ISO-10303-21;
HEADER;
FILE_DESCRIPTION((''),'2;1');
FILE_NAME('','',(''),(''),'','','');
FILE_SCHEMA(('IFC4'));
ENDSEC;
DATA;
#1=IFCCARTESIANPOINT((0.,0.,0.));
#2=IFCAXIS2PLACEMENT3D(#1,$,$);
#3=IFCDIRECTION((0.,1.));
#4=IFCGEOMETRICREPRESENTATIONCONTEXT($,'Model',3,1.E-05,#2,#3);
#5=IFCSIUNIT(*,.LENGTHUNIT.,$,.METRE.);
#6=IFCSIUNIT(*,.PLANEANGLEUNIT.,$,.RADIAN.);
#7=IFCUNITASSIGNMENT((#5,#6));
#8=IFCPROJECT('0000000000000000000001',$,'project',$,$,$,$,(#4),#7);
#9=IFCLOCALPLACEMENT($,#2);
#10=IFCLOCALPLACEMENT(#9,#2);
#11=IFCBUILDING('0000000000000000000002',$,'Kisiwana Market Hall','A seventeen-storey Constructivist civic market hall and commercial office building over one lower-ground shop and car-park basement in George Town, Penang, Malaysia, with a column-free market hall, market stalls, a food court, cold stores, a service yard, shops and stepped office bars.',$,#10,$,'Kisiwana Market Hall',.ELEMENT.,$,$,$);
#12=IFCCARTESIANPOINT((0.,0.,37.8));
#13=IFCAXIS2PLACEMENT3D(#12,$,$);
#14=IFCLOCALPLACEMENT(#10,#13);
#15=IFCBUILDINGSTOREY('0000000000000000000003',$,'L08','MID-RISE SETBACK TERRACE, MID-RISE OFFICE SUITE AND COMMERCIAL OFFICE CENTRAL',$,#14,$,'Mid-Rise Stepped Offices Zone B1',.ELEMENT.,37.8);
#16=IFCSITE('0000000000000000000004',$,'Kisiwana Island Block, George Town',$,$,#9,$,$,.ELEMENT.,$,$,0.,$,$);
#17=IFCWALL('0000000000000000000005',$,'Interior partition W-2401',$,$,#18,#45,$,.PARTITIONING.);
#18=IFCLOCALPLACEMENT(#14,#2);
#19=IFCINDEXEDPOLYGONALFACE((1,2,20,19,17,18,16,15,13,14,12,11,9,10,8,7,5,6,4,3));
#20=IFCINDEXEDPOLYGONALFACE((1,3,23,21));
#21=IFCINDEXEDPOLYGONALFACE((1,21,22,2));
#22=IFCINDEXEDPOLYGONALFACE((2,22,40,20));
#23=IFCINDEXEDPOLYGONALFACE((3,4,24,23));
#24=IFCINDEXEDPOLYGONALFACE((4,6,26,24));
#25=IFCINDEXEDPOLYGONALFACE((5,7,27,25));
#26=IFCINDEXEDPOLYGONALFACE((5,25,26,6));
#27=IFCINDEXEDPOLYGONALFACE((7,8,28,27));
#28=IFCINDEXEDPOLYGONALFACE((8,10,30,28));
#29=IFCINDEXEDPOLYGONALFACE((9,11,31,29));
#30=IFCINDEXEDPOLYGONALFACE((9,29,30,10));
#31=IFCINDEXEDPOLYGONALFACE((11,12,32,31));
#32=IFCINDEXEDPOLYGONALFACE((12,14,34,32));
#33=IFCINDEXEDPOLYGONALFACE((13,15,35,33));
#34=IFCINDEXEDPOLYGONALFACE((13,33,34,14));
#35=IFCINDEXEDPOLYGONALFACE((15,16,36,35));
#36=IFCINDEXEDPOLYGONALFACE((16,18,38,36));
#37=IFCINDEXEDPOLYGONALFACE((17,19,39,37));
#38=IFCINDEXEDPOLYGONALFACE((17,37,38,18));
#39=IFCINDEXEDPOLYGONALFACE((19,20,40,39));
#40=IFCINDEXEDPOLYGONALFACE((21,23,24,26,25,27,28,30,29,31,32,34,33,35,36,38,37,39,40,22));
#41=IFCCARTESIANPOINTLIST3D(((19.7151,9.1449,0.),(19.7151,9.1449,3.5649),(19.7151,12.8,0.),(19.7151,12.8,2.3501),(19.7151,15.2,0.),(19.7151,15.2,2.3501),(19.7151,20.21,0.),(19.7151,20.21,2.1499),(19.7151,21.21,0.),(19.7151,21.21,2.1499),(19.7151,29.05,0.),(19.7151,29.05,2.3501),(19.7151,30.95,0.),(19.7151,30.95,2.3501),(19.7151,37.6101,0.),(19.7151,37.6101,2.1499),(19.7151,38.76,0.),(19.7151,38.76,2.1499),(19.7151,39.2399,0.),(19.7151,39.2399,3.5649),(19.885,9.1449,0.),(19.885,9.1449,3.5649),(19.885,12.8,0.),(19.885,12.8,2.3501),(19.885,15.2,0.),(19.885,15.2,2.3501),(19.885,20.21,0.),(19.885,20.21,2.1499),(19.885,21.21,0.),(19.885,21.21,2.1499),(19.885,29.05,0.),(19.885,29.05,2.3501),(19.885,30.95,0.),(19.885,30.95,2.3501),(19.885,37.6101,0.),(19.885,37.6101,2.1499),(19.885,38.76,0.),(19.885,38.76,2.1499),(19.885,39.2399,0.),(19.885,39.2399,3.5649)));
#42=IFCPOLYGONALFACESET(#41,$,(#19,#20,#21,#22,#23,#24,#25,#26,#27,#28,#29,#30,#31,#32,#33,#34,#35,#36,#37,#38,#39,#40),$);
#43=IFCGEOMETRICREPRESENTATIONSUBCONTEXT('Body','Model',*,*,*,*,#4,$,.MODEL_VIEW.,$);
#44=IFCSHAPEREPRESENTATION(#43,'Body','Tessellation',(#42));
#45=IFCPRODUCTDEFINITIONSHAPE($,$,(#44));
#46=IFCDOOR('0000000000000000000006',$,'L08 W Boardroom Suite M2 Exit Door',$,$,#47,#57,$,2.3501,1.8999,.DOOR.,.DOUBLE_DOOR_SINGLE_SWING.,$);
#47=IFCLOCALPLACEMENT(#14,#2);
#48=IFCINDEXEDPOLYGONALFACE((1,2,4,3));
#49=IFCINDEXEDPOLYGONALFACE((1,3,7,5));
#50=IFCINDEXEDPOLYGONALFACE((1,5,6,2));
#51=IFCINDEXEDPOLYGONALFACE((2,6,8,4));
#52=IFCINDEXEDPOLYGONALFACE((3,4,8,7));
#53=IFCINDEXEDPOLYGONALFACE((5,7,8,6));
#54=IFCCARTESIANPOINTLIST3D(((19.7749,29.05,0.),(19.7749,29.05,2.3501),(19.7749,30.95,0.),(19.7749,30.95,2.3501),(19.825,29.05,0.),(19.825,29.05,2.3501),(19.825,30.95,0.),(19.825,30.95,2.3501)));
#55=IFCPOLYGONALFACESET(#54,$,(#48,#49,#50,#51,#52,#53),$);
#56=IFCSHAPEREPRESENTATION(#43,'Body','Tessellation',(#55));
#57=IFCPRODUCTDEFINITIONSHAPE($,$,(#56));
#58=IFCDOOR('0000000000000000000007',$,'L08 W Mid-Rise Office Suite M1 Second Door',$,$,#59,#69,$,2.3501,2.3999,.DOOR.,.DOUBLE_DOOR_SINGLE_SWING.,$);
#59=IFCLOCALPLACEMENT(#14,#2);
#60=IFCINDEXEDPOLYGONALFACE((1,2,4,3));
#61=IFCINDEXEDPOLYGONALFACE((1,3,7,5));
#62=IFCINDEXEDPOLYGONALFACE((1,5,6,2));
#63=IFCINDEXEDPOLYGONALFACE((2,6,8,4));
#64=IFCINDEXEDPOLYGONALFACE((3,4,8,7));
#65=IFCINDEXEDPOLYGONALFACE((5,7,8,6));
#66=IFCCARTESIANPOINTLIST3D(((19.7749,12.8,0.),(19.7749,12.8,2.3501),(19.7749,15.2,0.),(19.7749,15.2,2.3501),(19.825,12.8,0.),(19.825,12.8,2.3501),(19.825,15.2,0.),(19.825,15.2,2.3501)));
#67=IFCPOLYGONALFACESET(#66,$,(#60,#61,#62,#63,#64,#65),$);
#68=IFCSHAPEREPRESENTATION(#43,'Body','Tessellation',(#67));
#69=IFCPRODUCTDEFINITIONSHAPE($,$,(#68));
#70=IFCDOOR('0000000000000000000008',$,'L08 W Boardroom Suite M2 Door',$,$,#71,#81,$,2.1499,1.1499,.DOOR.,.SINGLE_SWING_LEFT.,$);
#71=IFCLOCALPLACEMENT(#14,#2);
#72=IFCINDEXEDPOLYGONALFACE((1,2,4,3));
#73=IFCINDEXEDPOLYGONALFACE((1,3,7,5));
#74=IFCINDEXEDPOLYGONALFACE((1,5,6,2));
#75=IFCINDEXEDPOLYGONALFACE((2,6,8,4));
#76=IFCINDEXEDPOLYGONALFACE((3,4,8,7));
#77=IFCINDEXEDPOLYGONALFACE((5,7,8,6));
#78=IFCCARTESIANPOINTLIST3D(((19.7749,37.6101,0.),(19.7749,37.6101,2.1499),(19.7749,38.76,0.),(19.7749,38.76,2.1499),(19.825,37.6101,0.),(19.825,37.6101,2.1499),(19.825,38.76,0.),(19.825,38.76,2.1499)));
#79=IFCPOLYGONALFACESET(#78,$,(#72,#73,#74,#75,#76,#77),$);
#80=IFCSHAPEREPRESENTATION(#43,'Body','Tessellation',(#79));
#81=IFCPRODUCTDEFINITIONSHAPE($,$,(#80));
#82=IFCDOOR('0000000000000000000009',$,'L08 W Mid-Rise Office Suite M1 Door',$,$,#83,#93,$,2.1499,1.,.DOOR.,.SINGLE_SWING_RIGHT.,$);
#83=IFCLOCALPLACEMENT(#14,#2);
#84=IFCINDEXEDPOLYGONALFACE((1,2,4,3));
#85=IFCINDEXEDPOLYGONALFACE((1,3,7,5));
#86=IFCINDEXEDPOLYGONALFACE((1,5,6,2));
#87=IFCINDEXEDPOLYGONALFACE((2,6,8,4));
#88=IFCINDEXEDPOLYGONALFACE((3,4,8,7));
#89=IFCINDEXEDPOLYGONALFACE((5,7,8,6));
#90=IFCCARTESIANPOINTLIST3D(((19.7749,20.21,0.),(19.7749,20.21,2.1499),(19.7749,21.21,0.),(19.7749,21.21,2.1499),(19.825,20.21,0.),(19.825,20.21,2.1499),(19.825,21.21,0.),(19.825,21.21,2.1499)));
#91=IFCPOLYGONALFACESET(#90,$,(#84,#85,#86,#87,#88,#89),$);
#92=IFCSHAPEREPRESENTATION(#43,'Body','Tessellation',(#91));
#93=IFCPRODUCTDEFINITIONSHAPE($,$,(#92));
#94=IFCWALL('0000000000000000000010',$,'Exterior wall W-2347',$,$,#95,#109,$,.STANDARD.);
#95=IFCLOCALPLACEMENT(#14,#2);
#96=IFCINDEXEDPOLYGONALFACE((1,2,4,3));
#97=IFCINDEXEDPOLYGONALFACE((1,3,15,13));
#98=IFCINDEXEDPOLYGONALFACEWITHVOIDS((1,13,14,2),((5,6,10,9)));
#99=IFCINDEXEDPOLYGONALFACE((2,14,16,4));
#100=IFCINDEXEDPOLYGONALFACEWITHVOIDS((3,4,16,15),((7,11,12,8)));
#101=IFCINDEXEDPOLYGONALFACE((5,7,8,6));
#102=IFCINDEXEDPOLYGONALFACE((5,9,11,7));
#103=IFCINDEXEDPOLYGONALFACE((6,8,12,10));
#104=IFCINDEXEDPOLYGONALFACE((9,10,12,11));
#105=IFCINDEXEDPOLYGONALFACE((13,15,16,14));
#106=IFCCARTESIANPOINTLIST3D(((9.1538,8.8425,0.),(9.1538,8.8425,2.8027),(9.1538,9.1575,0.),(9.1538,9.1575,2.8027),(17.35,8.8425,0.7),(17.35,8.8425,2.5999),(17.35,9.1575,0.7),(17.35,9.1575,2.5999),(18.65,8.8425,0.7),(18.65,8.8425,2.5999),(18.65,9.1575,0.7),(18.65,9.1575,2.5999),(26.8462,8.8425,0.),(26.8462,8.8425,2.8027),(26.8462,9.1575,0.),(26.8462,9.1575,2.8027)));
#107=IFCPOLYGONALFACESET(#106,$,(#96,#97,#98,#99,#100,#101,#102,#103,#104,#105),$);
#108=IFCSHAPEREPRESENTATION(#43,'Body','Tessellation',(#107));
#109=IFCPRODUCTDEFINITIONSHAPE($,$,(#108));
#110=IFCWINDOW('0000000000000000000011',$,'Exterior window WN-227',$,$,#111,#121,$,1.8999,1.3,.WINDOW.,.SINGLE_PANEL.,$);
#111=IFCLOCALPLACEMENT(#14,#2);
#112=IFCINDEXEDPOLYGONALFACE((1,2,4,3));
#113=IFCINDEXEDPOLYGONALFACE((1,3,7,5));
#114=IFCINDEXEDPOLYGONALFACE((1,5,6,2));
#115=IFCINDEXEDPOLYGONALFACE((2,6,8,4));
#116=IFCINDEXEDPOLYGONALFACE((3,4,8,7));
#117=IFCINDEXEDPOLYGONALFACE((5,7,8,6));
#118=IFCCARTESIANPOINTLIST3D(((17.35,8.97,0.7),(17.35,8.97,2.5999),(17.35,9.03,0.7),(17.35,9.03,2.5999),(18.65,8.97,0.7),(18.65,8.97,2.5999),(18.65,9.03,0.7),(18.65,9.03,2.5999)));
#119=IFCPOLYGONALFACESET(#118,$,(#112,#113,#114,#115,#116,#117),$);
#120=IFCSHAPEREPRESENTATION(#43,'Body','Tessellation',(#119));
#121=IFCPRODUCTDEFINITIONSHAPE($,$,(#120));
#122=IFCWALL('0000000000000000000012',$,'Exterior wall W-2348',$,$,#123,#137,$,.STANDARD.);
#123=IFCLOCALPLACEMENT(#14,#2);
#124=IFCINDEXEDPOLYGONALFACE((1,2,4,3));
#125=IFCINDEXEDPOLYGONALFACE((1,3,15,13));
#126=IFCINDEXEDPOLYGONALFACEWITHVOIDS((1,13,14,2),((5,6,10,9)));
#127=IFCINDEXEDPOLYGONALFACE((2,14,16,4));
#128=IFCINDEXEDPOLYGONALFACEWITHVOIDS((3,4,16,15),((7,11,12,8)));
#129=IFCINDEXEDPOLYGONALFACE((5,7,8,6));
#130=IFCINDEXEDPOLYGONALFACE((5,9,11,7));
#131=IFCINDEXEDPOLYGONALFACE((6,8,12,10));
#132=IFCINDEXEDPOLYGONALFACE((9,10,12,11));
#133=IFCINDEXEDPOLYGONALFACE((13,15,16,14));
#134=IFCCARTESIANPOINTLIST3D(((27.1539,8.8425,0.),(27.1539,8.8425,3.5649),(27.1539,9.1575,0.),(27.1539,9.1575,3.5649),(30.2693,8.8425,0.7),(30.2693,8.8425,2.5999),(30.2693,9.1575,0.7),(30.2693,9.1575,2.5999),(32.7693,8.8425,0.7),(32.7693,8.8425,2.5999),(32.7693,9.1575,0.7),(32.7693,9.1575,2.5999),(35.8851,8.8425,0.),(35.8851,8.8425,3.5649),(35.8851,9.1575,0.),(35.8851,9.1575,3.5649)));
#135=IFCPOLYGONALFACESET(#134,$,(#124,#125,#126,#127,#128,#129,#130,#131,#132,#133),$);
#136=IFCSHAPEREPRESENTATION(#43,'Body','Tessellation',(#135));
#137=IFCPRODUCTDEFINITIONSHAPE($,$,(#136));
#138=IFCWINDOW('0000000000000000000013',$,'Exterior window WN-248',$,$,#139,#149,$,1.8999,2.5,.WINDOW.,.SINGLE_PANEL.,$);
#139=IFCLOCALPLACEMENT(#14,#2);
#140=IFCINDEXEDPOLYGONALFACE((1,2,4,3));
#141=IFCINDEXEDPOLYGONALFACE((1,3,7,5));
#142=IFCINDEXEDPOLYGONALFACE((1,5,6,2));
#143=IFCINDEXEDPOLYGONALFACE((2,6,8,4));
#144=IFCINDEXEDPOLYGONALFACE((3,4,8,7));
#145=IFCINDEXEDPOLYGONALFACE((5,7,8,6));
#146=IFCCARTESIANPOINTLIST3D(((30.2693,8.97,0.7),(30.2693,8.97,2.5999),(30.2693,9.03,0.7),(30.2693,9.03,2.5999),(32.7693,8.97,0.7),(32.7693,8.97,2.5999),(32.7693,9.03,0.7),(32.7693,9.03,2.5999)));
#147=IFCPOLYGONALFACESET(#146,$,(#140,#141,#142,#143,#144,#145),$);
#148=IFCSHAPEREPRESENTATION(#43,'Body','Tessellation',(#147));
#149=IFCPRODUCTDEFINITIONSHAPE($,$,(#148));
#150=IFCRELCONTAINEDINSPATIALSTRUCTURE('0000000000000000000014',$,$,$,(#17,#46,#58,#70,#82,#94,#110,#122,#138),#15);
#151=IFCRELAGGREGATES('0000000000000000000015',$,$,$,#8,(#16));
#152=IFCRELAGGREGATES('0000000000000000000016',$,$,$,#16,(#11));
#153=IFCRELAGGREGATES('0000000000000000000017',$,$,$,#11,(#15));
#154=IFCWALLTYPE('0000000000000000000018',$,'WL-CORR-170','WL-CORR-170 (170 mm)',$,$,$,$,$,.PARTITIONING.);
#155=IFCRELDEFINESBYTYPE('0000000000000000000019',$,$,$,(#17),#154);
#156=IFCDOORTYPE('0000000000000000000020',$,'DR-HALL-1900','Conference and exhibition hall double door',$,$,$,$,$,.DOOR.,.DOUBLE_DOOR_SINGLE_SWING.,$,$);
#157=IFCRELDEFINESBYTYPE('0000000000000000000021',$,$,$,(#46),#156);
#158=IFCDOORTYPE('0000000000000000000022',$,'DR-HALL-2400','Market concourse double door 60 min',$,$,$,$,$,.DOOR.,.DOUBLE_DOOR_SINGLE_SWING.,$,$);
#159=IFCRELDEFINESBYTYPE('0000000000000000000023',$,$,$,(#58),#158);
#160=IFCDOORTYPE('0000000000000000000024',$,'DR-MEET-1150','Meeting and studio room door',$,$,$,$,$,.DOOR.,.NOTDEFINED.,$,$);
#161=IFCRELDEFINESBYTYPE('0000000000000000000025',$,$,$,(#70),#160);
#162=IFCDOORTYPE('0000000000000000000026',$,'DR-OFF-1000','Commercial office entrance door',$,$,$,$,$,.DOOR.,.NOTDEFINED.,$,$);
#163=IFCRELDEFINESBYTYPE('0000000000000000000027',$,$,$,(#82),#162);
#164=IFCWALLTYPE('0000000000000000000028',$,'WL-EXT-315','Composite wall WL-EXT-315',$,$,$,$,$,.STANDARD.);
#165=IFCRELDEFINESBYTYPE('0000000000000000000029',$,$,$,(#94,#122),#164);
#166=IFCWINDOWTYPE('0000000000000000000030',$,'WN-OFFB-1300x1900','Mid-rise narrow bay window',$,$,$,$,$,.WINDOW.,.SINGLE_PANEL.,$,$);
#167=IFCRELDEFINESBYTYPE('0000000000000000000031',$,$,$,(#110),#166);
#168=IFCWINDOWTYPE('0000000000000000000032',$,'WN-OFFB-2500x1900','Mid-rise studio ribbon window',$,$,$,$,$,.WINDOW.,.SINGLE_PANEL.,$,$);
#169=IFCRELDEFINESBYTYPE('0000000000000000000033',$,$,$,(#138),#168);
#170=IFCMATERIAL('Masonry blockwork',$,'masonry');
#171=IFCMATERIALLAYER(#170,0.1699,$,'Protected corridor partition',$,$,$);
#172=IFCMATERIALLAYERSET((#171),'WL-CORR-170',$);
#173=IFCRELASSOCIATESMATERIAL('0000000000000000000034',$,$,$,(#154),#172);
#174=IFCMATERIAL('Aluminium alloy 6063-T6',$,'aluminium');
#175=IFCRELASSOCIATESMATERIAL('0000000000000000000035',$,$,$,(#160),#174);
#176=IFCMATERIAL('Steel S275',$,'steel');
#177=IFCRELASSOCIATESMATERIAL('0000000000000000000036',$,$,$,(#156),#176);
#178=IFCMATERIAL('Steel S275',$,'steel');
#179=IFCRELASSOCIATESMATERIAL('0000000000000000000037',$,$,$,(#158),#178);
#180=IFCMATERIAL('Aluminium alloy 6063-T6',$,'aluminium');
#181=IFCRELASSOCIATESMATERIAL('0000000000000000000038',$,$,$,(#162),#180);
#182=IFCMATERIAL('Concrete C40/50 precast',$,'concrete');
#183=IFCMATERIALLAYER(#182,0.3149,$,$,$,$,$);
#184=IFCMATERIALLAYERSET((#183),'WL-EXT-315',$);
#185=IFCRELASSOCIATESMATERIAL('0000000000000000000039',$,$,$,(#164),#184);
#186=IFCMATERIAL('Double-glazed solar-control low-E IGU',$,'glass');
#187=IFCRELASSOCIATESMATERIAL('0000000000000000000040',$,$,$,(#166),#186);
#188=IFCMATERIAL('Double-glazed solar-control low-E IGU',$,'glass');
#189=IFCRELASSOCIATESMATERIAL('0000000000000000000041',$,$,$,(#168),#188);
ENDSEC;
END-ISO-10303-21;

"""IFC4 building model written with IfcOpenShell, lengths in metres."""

from ifc_helpers import new_model, si_unit, direction, frame, frame_2d, origin, place, context, subcontext, project, spatial, rectangle, extrude, material, layer, layer_set, type_object, element, fill, save


model = new_model("IFC4")

# Units and contexts
model_context = context("Model", 3, precision=1e-05, world=origin(), true_north=direction((0.0, 1.0)))
body_context = subcontext(model_context, "Body", "Model", "MODEL_VIEW")
ifc_project = project(units=[si_unit("LENGTHUNIT", "METRE"), si_unit("PLANEANGLEUNIT", "RADIAN")], contexts=[model_context])

# Site, building, storey
site_placement = place(None, origin())
site = spatial("IfcSite", under=ifc_project, at=site_placement, Name="Kisiwana Island Block, George Town", CompositionType="ELEMENT", RefElevation=0.0)
building_placement = place(site_placement, origin())
building = spatial("IfcBuilding", under=site, at=building_placement, Name="Kisiwana Market Hall", Description="A seventeen-storey Constructivist civic market hall and commercial office building over one lower-ground shop and car-park basement in George Town, Penang, Malaysia, with a column-free market hall, market stalls, a food court, cold stores, a service yard, shops and stepped office bars.", LongName="Kisiwana Market Hall", CompositionType="ELEMENT")
storey_placement = place(building_placement, frame((0.0, 0.0, 37.8)))
storey = spatial("IfcBuildingStorey", under=building, at=storey_placement, Name="L08", Description="MID-RISE SETBACK TERRACE, MID-RISE OFFICE SUITE AND COMMERCIAL OFFICE CENTRAL", LongName="Mid-Rise Stepped Offices Zone B1", CompositionType="ELEMENT", Elevation=37.8)

# Shared definitions
ifc_material_1 = material(Name="Masonry blockwork", Category="masonry")
ifc_layer_1 = layer(ifc_material_1, 0.1699, Name="Protected corridor partition")
ifc_layer_set_1 = layer_set([ifc_layer_1], Name="WL-CORR-170")
wall_type_1 = type_object("IfcWallType", Name="WL-CORR-170", Description="WL-CORR-170 (170 mm)", PredefinedType="PARTITIONING", material=ifc_layer_set_1)
ifc_material_2 = material(Name="Aluminium alloy 6063-T6", Category="aluminium")
door_type_1 = type_object("IfcDoorType", Name="DR-MEET-1150", Description="Meeting and studio room door", OperationType="NOTDEFINED", PredefinedType="DOOR", material=ifc_material_2)

# Wall, openings, doors
wall_1_placement = place(storey_placement, frame((19.8, 9.145, 0.0), z_axis=(0.0, 0.0, 1.0), x_axis=(0.0, 1.0, 0.0)))
wall_1 = element("IfcWall", 1, at=wall_1_placement, inside=storey, type_object=wall_type_1, Name="Interior partition W-2401", PredefinedType="PARTITIONING", context=body_context, shape_type="SweptSolid", body=[
    extrude(rectangle(XDim=30.095, YDim=0.1699, at=frame_2d((15.0474, 0.0))), origin(), (0.0, 0.0, 1.0), 3.5649),
])
opening_1_placement = place(wall_1_placement, frame((11.0649, 0.0, 0.0)))
opening_1 = element("IfcOpeningElement", 2, at=opening_1_placement, cuts=wall_1, PredefinedType="OPENING", context=body_context, shape_type="SweptSolid", body=[
    extrude(rectangle(XDim=1.0, YDim=2.1499, at=frame_2d((0.5, 1.075))), frame((0.0, 0.0969, 0.0), z_axis=(0.0, -1.0, 0.0), x_axis=(1.0, 0.0, 0.0)), (0.0, 0.0, 1.0), 0.1938),
])
opening_2_placement = place(wall_1_placement, frame((3.655, 0.0, 0.0)))
opening_2 = element("IfcOpeningElement", 3, at=opening_2_placement, cuts=wall_1, PredefinedType="OPENING", context=body_context, shape_type="SweptSolid", body=[
    extrude(rectangle(XDim=2.3999, YDim=2.3501, at=frame_2d((1.2, 1.175))), frame((0.0, 0.0969, 0.0), z_axis=(0.0, -1.0, 0.0), x_axis=(1.0, 0.0, 0.0)), (0.0, 0.0, 1.0), 0.1938),
])
opening_3_placement = place(wall_1_placement, frame((28.4651, 0.0, 0.0)))
opening_3 = element("IfcOpeningElement", 4, at=opening_3_placement, cuts=wall_1, PredefinedType="OPENING", context=body_context, shape_type="SweptSolid", body=[
    extrude(rectangle(XDim=1.1499, YDim=2.1499, at=frame_2d((0.575, 1.075))), frame((0.0, 0.0969, 0.0), z_axis=(0.0, -1.0, 0.0), x_axis=(1.0, 0.0, 0.0)), (0.0, 0.0, 1.0), 0.1938),
])
opening_4_placement = place(wall_1_placement, frame((19.905, 0.0, 0.0)))
opening_4 = element("IfcOpeningElement", 5, at=opening_4_placement, cuts=wall_1, PredefinedType="OPENING", context=body_context, shape_type="SweptSolid", body=[
    extrude(rectangle(XDim=1.8999, YDim=2.3501, at=frame_2d((0.95, 1.175))), frame((0.0, 0.0969, 0.0), z_axis=(0.0, -1.0, 0.0), x_axis=(1.0, 0.0, 0.0)), (0.0, 0.0, 1.0), 0.1938),
])
ifc_material_3 = material(Name="Steel S275", Category="steel")
door_type_2 = type_object("IfcDoorType", Name="DR-HALL-1900", Description="Conference and exhibition hall double door", OperationType="DOUBLE_DOOR_SINGLE_SWING", PredefinedType="DOOR", material=ifc_material_3)
door_1_placement = place(opening_4_placement, frame((1.8999, 0.0, 0.0), z_axis=(0.0, 0.0, 1.0), x_axis=(-1.0, 0.0, 0.0)))
door_1 = element("IfcDoor", 6, at=door_1_placement, inside=storey, type_object=door_type_2, Name="L08 W Boardroom Suite M2 Exit Door", OperationType="DOUBLE_DOOR_SINGLE_SWING", OverallHeight=2.3501, OverallWidth=1.8999, PredefinedType="DOOR", context=body_context, shape_type="SweptSolid", body=[
    extrude(rectangle(XDim=1.8999, YDim=2.3501, at=frame_2d((0.95, 1.175))), frame((0.0, 0.0249, 0.0), z_axis=(0.0, -1.0, 0.0), x_axis=(1.0, 0.0, 0.0)), (0.0, 0.0, 1.0), 0.05),
])
fill(opening_4, door_1)
ifc_material_4 = material(Name="Steel S275", Category="steel")
door_type_3 = type_object("IfcDoorType", Name="DR-HALL-2400", Description="Market concourse double door 60 min", OperationType="DOUBLE_DOOR_SINGLE_SWING", PredefinedType="DOOR", material=ifc_material_4)
door_2_placement = place(opening_2_placement, frame((2.3999, 0.0, 0.0), z_axis=(0.0, 0.0, 1.0), x_axis=(-1.0, 0.0, 0.0)))
door_2 = element("IfcDoor", 7, at=door_2_placement, inside=storey, type_object=door_type_3, Name="L08 W Mid-Rise Office Suite M1 Second Door", OperationType="DOUBLE_DOOR_SINGLE_SWING", OverallHeight=2.3501, OverallWidth=2.3999, PredefinedType="DOOR", context=body_context, shape_type="SweptSolid", body=[
    extrude(rectangle(XDim=2.3999, YDim=2.3501, at=frame_2d((1.2, 1.175))), frame((0.0, 0.0249, 0.0), z_axis=(0.0, -1.0, 0.0), x_axis=(1.0, 0.0, 0.0)), (0.0, 0.0, 1.0), 0.05),
])
fill(opening_2, door_2)
door_3_placement = place(opening_3_placement, frame((1.1499, 0.0, 0.0), z_axis=(0.0, 0.0, 1.0), x_axis=(-1.0, 0.0, 0.0)))
door_3 = element("IfcDoor", 8, at=door_3_placement, inside=storey, type_object=door_type_1, Name="L08 W Boardroom Suite M2 Door", OperationType="SINGLE_SWING_LEFT", OverallHeight=2.1499, OverallWidth=1.1499, PredefinedType="DOOR", context=body_context, shape_type="SweptSolid", body=[
    extrude(rectangle(XDim=1.1499, YDim=2.1499, at=frame_2d((0.575, 1.075))), frame((0.0, 0.0249, 0.0), z_axis=(0.0, -1.0, 0.0), x_axis=(1.0, 0.0, 0.0)), (0.0, 0.0, 1.0), 0.05),
])
fill(opening_3, door_3)
ifc_material_5 = material(Name="Aluminium alloy 6063-T6", Category="aluminium")
door_type_4 = type_object("IfcDoorType", Name="DR-OFF-1000", Description="Commercial office entrance door", OperationType="NOTDEFINED", PredefinedType="DOOR", material=ifc_material_5)
door_4_placement = place(opening_1_placement, frame((1.0, 0.0, 0.0), z_axis=(0.0, 0.0, 1.0), x_axis=(-1.0, 0.0, 0.0)))
door_4 = element("IfcDoor", 9, at=door_4_placement, inside=storey, type_object=door_type_4, Name="L08 W Mid-Rise Office Suite M1 Door", OperationType="SINGLE_SWING_RIGHT", OverallHeight=2.1499, OverallWidth=1.0, PredefinedType="DOOR", context=body_context, shape_type="SweptSolid", body=[
    extrude(rectangle(XDim=1.0, YDim=2.1499, at=frame_2d((0.5, 1.075))), frame((0.0, 0.0249, 0.0), z_axis=(0.0, -1.0, 0.0), x_axis=(1.0, 0.0, 0.0)), (0.0, 0.0, 1.0), 0.05),
])
fill(opening_1, door_4)

# Walls, openings, windows
ifc_material_6 = material(Name="Concrete C40/50 precast", Category="concrete")
ifc_layer_2 = layer(ifc_material_6, 0.3149)
ifc_layer_set_2 = layer_set([ifc_layer_2], Name="WL-EXT-315")
wall_type_2 = type_object("IfcWallType", Name="WL-EXT-315", Description="Composite wall WL-EXT-315", PredefinedType="STANDARD", material=ifc_layer_set_2)
wall_2_placement = place(storey_placement, frame((9.1538, 9.0, 0.0), z_axis=(0.0, 0.0, 1.0), x_axis=(1.0, 0.0, 0.0)))
wall_2 = element("IfcWall", 10, at=wall_2_placement, inside=storey, type_object=wall_type_2, Name="Exterior wall W-2347", PredefinedType="STANDARD", context=body_context, shape_type="SweptSolid", body=[
    extrude(rectangle(XDim=17.6924, YDim=0.3149, at=frame_2d((8.8462, 0.0))), origin(), (0.0, 0.0, 1.0), 2.8027),
])
opening_5_placement = place(wall_2_placement, frame((8.1963, 0.0, 0.7)))
opening_5 = element("IfcOpeningElement", 11, at=opening_5_placement, cuts=wall_2, PredefinedType="OPENING", context=body_context, shape_type="SweptSolid", body=[
    extrude(rectangle(XDim=1.3, YDim=1.8999, at=frame_2d((0.6499, 0.95))), frame((0.0, 0.1694, 0.0), z_axis=(0.0, -1.0, 0.0), x_axis=(1.0, 0.0, 0.0)), (0.0, 0.0, 1.0), 0.3389),
])
ifc_material_7 = material(Name="Double-glazed solar-control low-E IGU", Category="glass")
window_type_1 = type_object("IfcWindowType", Name="WN-OFFB-1300x1900", Description="Mid-rise narrow bay window", PartitioningType="SINGLE_PANEL", PredefinedType="WINDOW", material=ifc_material_7)
window_1_placement = place(opening_5_placement, origin())
window_1 = element("IfcWindow", 12, at=window_1_placement, inside=storey, type_object=window_type_1, Name="Exterior window WN-227", OverallHeight=1.8999, OverallWidth=1.3, PartitioningType="SINGLE_PANEL", PredefinedType="WINDOW", context=body_context, shape_type="SweptSolid", body=[
    extrude(rectangle(XDim=1.3, YDim=1.8999, at=frame_2d((0.6499, 0.95))), frame((0.0, 0.03, 0.0), z_axis=(0.0, -1.0, 0.0), x_axis=(1.0, 0.0, 0.0)), (0.0, 0.0, 1.0), 0.0601),
])
fill(opening_5, window_1)
wall_3_placement = place(storey_placement, frame((27.1538, 9.0, 0.0), z_axis=(0.0, 0.0, 1.0), x_axis=(1.0, 0.0, 0.0)))
wall_3 = element("IfcWall", 13, at=wall_3_placement, inside=storey, type_object=wall_type_2, Name="Exterior wall W-2348", PredefinedType="STANDARD", context=body_context, shape_type="SweptSolid", body=[
    extrude(rectangle(XDim=8.7312, YDim=0.3149, at=frame_2d((4.3657, 0.0))), origin(), (0.0, 0.0, 1.0), 3.5649),
])
opening_6_placement = place(wall_3_placement, frame((3.1155, 0.0, 0.7)))
opening_6 = element("IfcOpeningElement", 14, at=opening_6_placement, cuts=wall_3, PredefinedType="OPENING", context=body_context, shape_type="SweptSolid", body=[
    extrude(rectangle(XDim=2.5, YDim=1.8999, at=frame_2d((1.25, 0.95))), frame((0.0, 0.1694, 0.0), z_axis=(0.0, -1.0, 0.0), x_axis=(1.0, 0.0, 0.0)), (0.0, 0.0, 1.0), 0.3389),
])
ifc_material_8 = material(Name="Double-glazed solar-control low-E IGU", Category="glass")
window_type_2 = type_object("IfcWindowType", Name="WN-OFFB-2500x1900", Description="Mid-rise studio ribbon window", PartitioningType="SINGLE_PANEL", PredefinedType="WINDOW", material=ifc_material_8)
window_2_placement = place(opening_6_placement, origin())
window_2 = element("IfcWindow", 15, at=window_2_placement, inside=storey, type_object=window_type_2, Name="Exterior window WN-248", OverallHeight=1.8999, OverallWidth=2.5, PartitioningType="SINGLE_PANEL", PredefinedType="WINDOW", context=body_context, shape_type="SweptSolid", body=[
    extrude(rectangle(XDim=2.5, YDim=1.8999, at=frame_2d((1.25, 0.95))), frame((0.0, 0.03, 0.0), z_axis=(0.0, -1.0, 0.0), x_axis=(1.0, 0.0, 0.0)), (0.0, 0.0, 1.0), 0.0601),
])
fill(opening_6, window_2)

save(model, "model.ifc")
